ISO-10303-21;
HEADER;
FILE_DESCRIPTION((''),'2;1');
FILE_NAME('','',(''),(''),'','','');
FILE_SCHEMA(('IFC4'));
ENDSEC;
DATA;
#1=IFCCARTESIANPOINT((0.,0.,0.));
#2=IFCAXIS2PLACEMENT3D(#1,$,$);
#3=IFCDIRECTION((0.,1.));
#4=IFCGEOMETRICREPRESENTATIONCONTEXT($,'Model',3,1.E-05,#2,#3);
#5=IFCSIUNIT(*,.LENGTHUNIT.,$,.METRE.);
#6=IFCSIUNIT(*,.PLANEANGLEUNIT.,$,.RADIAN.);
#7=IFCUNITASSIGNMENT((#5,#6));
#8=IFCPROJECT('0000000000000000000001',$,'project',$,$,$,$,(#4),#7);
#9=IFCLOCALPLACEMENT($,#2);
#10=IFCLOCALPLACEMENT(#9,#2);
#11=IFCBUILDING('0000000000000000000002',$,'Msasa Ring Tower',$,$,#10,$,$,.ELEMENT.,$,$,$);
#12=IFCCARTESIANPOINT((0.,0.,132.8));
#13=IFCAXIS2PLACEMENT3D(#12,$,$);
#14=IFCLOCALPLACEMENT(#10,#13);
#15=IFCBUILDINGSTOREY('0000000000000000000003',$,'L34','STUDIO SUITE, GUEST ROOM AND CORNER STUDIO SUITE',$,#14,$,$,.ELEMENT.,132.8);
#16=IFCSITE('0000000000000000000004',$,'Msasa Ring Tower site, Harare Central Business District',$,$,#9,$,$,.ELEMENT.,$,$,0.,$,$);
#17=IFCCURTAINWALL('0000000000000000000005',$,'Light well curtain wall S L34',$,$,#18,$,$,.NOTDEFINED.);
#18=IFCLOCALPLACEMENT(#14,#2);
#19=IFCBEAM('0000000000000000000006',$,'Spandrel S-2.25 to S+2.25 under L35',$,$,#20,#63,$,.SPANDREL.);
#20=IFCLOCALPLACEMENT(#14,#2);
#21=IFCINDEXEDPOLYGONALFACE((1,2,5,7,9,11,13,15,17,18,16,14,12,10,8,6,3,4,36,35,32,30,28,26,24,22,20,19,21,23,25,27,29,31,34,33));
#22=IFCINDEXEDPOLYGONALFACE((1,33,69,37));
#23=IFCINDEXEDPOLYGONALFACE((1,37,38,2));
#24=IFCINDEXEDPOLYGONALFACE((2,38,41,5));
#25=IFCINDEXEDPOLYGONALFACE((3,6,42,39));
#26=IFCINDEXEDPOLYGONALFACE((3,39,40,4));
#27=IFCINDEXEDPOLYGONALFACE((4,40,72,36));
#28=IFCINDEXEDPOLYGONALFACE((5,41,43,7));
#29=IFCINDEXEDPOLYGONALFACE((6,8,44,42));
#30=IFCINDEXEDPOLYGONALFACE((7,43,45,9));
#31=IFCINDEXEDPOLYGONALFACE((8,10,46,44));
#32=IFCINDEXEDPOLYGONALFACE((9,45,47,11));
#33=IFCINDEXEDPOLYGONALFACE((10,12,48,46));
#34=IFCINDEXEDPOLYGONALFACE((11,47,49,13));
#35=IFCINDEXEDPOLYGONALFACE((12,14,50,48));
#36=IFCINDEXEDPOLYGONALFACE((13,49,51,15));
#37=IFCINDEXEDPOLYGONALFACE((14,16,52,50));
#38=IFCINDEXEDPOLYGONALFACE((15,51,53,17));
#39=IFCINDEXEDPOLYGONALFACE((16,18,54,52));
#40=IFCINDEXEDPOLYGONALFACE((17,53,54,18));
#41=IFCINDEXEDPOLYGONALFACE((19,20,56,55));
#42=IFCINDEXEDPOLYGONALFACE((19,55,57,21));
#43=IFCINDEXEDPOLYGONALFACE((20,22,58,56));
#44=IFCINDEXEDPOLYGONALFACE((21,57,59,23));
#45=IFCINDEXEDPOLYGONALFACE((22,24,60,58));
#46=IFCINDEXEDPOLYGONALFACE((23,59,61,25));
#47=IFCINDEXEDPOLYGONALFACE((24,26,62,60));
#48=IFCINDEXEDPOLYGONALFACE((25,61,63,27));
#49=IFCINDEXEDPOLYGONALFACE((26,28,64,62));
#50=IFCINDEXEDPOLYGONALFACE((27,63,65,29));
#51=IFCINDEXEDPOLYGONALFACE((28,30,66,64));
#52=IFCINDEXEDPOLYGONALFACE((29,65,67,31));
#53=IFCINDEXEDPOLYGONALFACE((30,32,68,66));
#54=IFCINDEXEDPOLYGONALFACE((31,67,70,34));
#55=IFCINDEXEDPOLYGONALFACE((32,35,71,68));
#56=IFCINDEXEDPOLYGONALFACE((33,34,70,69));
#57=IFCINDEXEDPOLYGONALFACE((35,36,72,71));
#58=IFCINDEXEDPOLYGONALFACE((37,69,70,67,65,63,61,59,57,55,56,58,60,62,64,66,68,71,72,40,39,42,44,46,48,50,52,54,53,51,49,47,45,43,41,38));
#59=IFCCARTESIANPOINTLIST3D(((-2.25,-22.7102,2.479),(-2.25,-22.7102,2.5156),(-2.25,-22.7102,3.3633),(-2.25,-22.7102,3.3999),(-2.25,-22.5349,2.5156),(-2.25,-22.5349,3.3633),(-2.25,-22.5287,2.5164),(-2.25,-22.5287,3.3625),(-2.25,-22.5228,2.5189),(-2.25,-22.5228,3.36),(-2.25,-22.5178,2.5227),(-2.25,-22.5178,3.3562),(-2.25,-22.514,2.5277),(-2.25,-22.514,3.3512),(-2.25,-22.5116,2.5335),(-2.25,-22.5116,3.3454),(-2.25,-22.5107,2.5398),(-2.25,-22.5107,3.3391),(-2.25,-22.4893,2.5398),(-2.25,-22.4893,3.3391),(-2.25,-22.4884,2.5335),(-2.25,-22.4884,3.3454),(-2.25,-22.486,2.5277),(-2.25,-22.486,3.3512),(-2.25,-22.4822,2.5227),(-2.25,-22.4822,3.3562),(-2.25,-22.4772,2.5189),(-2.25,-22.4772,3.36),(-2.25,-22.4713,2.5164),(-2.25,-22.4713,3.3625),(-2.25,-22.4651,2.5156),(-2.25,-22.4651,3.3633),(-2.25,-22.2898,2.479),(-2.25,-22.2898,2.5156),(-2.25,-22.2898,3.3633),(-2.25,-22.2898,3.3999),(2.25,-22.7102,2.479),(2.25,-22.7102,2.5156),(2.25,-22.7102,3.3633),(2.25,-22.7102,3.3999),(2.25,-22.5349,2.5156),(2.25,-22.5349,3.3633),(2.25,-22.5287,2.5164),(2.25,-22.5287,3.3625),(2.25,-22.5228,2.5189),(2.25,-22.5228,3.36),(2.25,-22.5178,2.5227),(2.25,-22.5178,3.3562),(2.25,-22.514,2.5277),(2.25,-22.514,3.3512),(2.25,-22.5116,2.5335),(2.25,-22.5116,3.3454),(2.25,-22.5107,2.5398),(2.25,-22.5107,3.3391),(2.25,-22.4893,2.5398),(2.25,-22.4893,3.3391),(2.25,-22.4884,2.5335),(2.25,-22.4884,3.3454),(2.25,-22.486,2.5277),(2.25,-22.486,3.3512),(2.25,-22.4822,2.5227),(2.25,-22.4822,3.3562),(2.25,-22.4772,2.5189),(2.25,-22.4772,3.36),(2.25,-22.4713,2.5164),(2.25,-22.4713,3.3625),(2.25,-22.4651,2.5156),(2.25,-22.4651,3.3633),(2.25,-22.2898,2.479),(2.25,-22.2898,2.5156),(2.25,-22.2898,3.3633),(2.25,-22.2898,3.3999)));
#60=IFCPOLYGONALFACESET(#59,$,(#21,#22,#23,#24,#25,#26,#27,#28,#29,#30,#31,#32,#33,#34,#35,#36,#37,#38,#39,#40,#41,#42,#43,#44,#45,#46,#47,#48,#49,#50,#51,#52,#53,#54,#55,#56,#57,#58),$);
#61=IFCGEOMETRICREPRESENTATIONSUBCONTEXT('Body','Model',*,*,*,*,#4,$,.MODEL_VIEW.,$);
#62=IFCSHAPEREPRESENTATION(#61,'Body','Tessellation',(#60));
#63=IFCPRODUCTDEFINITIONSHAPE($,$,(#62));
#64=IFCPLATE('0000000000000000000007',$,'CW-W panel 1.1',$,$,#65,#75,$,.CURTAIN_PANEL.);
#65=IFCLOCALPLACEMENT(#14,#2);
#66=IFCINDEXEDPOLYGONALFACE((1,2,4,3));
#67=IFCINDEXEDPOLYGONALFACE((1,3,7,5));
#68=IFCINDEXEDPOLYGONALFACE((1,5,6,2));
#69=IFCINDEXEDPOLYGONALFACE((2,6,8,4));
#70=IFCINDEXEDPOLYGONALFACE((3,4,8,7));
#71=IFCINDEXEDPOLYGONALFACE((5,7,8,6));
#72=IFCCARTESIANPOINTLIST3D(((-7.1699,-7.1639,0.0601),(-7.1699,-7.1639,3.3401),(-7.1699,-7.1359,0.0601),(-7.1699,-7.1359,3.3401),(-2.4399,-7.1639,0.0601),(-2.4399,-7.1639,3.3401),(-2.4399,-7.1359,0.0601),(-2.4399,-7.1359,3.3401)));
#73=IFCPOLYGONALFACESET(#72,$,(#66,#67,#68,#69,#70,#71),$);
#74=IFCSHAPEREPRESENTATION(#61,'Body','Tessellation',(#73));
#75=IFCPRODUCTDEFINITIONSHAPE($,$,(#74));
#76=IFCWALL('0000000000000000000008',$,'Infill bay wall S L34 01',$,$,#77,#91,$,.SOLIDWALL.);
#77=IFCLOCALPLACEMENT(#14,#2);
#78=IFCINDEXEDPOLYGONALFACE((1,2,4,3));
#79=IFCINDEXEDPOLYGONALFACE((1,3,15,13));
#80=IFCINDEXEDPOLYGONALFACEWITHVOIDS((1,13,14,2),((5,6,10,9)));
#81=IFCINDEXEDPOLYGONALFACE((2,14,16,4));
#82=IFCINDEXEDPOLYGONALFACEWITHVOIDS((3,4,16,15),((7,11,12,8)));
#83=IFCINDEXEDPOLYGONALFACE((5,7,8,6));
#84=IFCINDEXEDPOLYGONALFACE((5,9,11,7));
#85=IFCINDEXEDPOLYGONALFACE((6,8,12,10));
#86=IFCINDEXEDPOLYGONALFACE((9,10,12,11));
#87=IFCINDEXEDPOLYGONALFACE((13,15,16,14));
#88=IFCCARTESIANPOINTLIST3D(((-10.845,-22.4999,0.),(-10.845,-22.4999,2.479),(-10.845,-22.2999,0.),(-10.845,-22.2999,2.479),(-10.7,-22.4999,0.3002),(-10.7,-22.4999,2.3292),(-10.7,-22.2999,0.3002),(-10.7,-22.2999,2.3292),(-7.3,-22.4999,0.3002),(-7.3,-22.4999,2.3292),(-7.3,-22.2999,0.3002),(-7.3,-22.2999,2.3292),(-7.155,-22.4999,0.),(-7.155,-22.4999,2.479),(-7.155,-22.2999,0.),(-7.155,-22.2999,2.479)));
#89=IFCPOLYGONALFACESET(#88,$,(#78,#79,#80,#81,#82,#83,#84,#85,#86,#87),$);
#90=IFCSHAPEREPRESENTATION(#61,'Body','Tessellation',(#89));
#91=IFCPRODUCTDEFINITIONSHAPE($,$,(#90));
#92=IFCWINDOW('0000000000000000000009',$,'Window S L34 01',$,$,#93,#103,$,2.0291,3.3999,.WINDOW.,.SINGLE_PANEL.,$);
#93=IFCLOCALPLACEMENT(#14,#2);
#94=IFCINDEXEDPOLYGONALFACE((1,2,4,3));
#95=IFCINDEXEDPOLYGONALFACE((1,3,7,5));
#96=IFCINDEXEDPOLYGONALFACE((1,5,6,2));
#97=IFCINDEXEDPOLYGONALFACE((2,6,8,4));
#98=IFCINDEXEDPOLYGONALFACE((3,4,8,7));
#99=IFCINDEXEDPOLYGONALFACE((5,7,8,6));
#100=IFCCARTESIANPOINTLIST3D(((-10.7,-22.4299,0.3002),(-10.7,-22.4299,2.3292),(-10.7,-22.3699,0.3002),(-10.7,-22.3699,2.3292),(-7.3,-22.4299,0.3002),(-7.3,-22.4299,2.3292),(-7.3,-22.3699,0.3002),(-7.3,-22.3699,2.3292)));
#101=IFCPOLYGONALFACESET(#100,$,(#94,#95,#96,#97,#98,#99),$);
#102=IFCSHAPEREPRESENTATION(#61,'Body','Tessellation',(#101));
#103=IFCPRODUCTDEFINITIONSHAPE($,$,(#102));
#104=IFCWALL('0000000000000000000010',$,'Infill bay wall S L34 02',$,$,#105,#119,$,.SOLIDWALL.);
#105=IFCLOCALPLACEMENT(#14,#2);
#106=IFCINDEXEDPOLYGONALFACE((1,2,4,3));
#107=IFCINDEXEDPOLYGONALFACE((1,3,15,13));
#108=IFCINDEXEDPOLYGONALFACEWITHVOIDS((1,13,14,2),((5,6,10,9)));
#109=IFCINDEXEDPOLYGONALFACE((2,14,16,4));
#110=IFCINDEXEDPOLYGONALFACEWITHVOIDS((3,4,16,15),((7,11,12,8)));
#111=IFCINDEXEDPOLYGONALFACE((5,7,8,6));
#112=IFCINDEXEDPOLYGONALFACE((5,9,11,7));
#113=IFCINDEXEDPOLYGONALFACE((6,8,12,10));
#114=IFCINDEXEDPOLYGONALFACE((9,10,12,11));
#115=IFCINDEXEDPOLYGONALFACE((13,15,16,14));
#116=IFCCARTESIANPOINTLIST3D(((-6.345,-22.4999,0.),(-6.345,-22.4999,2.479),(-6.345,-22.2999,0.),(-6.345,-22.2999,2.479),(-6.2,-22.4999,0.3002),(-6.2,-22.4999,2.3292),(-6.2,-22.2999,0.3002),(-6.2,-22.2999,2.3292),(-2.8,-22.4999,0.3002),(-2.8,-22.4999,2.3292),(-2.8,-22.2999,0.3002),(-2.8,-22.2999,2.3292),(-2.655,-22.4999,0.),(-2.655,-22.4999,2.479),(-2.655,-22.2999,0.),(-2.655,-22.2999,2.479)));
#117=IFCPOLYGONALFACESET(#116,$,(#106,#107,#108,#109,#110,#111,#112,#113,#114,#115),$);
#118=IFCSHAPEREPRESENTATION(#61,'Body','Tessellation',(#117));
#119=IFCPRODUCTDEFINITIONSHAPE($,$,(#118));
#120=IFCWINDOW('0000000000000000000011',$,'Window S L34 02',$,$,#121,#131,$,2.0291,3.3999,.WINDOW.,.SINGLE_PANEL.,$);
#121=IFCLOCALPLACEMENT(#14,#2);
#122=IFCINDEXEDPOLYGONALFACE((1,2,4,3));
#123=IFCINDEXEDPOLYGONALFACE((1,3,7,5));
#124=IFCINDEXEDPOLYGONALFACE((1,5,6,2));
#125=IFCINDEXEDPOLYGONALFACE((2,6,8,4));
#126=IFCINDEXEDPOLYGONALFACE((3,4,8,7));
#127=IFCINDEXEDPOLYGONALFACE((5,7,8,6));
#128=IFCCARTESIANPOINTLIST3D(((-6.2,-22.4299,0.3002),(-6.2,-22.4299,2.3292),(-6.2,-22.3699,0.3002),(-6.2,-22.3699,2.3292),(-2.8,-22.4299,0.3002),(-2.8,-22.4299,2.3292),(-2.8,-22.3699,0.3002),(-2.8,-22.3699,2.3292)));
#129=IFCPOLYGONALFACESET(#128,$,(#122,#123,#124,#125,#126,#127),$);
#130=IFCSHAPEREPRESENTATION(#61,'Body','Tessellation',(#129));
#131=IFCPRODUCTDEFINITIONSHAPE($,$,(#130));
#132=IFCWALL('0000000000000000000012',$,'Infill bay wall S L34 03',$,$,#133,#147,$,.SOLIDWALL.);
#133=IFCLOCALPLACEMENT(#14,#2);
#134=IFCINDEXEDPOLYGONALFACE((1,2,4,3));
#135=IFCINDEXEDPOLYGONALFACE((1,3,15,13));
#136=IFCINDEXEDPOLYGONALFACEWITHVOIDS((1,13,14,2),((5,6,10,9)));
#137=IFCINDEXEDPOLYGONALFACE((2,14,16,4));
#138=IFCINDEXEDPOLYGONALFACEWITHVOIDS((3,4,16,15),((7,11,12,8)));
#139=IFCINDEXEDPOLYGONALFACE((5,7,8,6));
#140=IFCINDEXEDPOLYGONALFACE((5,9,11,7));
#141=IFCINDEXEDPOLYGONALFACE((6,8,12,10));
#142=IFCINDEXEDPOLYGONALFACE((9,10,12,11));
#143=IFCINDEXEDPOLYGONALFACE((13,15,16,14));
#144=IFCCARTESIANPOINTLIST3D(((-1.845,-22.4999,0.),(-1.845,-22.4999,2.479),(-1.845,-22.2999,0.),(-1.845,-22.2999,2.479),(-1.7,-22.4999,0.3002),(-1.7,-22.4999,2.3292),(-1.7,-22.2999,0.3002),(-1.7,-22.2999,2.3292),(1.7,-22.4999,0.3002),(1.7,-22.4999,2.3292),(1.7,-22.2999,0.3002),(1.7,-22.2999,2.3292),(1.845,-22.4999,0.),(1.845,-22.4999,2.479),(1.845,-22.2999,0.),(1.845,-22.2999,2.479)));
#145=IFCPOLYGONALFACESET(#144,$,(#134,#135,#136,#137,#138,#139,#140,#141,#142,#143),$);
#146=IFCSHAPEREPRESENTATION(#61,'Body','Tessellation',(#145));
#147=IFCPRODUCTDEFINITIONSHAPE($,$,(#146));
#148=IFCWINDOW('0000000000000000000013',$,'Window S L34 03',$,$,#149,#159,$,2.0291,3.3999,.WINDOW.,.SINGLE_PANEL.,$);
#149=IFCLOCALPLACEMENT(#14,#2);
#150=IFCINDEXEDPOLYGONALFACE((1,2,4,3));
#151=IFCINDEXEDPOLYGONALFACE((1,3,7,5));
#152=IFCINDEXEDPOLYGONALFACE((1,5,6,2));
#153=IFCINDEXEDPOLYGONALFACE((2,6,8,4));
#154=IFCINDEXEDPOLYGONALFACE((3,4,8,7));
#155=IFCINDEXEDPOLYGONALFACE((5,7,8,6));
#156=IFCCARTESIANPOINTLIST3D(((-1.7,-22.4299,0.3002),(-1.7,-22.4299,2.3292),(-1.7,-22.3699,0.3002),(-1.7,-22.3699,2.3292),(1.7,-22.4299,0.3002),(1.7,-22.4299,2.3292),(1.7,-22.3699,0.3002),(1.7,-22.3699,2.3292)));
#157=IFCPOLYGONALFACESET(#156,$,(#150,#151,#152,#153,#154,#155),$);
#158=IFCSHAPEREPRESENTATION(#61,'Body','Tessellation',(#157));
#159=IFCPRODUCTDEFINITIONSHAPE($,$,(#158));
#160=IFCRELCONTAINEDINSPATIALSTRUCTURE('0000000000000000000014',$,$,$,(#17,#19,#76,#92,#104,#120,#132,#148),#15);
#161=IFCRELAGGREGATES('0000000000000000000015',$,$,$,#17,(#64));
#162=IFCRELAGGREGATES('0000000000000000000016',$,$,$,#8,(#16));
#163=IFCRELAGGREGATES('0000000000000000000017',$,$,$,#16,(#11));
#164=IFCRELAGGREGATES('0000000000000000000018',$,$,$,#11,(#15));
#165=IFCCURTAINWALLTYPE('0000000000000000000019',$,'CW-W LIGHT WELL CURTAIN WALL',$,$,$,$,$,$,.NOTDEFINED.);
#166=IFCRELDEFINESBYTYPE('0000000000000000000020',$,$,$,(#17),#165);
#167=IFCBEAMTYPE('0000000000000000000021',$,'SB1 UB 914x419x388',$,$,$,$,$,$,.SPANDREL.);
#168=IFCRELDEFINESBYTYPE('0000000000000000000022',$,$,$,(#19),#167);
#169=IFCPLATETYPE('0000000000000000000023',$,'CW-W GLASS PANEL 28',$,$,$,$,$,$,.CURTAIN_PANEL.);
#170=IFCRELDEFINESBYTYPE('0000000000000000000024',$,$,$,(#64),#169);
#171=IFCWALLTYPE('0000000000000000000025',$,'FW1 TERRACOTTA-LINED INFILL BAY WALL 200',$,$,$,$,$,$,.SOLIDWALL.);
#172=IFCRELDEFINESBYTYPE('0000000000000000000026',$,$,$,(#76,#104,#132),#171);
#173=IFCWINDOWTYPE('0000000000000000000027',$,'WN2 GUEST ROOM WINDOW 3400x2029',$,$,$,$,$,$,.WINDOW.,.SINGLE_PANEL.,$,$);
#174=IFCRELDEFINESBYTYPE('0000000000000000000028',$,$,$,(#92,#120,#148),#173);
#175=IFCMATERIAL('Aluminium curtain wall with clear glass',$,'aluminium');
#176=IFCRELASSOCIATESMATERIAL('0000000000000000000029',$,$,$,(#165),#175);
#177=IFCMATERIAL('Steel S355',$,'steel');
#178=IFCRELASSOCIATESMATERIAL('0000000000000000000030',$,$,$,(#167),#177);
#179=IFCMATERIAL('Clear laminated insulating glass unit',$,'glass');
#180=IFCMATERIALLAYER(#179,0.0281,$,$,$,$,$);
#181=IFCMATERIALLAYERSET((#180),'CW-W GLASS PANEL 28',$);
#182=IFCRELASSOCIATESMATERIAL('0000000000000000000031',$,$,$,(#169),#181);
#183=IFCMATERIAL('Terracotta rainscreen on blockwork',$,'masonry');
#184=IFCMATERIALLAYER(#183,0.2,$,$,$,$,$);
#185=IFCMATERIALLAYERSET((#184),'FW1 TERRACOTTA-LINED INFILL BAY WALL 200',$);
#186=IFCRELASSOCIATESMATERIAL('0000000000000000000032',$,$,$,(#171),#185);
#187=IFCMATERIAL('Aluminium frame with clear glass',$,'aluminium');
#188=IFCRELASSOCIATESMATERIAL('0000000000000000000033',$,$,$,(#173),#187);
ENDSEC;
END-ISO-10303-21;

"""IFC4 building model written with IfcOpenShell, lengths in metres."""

from ifc_helpers import new_model, si_unit, direction, frame, frame_2d, origin, origin_2d, place, context, subcontext, project, spatial, rectangle, i_section, extrude, material, layer, layer_set, material_profile, profile_set, type_object, element, fill, aggregate, save


model = new_model("IFC4")

# Units and contexts
model_context = context("Model", 3, precision=1e-05, world=origin(), true_north=direction((0.0, 1.0)))
body_context = subcontext(model_context, "Body", "Model", "MODEL_VIEW")
ifc_project = project(units=[si_unit("LENGTHUNIT", "METRE"), si_unit("PLANEANGLEUNIT", "RADIAN")], contexts=[model_context])

# Site, building, storey
site_placement = place(None, origin())
site = spatial("IfcSite", under=ifc_project, at=site_placement, Name="Msasa Ring Tower site, Harare Central Business District", CompositionType="ELEMENT", RefElevation=0.0)
building_placement = place(site_placement, origin())
building = spatial("IfcBuilding", under=site, at=building_placement, Name="Msasa Ring Tower", CompositionType="ELEMENT")
storey_placement = place(building_placement, frame((0.0, 0.0, 132.8)))
storey = spatial("IfcBuildingStorey", under=building, at=storey_placement, Name="L34", Description="STUDIO SUITE, GUEST ROOM AND CORNER STUDIO SUITE", CompositionType="ELEMENT", Elevation=132.8)

# Curtain wall
ifc_material_1 = material(Name="Aluminium curtain wall with clear glass", Category="aluminium")
curtain_wall_type = type_object("IfcCurtainWallType", Name="CW-W LIGHT WELL CURTAIN WALL", PredefinedType="NOTDEFINED", material=ifc_material_1)
curtain_wall_placement = place(storey_placement, origin())
curtain_wall = element("IfcCurtainWall", 1, at=curtain_wall_placement, inside=storey, type_object=curtain_wall_type, Name="Light well curtain wall S L34", PredefinedType="NOTDEFINED")

# Beam
ifc_material_2 = material(Name="Steel S355", Category="steel")
ifc_material_profile_1 = material_profile(ifc_material_2, i_section(OverallWidth=0.4204, OverallDepth=0.9209, WebThickness=0.0215, FlangeThickness=0.0366, FilletRadius=0.0242, at=origin_2d()), Name="UB 914x419x388")
ifc_profile_set_1 = profile_set([ifc_material_profile_1], Name="Steel S355")
beam_type_1 = type_object("IfcBeamType", Name="SB1 UB 914x419x388", PredefinedType="SPANDREL", material=ifc_profile_set_1)
for number, where, z_axis, x_axis, name in (
    (2, (-2.25, -22.5, 2.9395), (1.0, 0.0, 0.0), (0.0, 1.0, 0.0), "Spandrel S-2.25 to S+2.25 under L35"),
):
    element("IfcBeam", number, at=place(storey_placement, frame(where, z_axis=z_axis, x_axis=x_axis)), inside=storey, type_object=beam_type_1, Name=name, PredefinedType="SPANDREL", context=body_context, shape_type="SweptSolid", body=[
        extrude(i_section(OverallWidth=0.4204, OverallDepth=0.9209, WebThickness=0.0215, FlangeThickness=0.0366, FilletRadius=0.0242, at=origin_2d()), origin(), (0.0, 0.0, 1.0), 4.5),
    ])

# Plate
ifc_material_3 = material(Name="Clear laminated insulating glass unit", Category="glass")
ifc_layer_1 = layer(ifc_material_3, 0.0281)
ifc_layer_set_1 = layer_set([ifc_layer_1], Name="CW-W GLASS PANEL 28")
plate_type = type_object("IfcPlateType", Name="CW-W GLASS PANEL 28", PredefinedType="CURTAIN_PANEL", material=ifc_layer_set_1)
plate_placement = place(storey_placement, frame((-4.8049, -7.1499, 0.0601), z_axis=(0.0, 0.0, 1.0), x_axis=(1.0, 0.0, 0.0)))
plate = element("IfcPlate", 3, at=plate_placement, type_object=plate_type, Name="CW-W panel 1.1", PredefinedType="CURTAIN_PANEL", context=body_context, shape_type="SweptSolid", body=[
    extrude(rectangle(XDim=4.73, YDim=0.0281, at=origin_2d()), origin(), (0.0, 0.0, 1.0), 3.28),
])
aggregate(curtain_wall, [plate])

# Walls, openings, windows
ifc_material_4 = material(Name="Terracotta rainscreen on blockwork", Category="masonry")
ifc_layer_2 = layer(ifc_material_4, 0.2)
ifc_layer_set_2 = layer_set([ifc_layer_2], Name="FW1 TERRACOTTA-LINED INFILL BAY WALL 200")
wall_type_1 = type_object("IfcWallType", Name="FW1 TERRACOTTA-LINED INFILL BAY WALL 200", PredefinedType="SOLIDWALL", material=ifc_layer_set_2)
wall_1_placement = place(storey_placement, frame((-10.845, -22.3999, 0.0), z_axis=(0.0, 0.0, 1.0), x_axis=(1.0, 0.0, 0.0)))
wall_1 = element("IfcWall", 4, at=wall_1_placement, inside=storey, type_object=wall_type_1, Name="Infill bay wall S L34 01", PredefinedType="SOLIDWALL", context=body_context, shape_type="SweptSolid", body=[
    extrude(rectangle(XDim=3.6899, YDim=0.2, at=frame_2d((1.845, 0.0))), origin(), (0.0, 0.0, 1.0), 2.479),
])
opening_1_placement = place(wall_1_placement, frame((0.145, 0.0, 0.3)))
opening_1 = element("IfcOpeningElement", 5, at=opening_1_placement, cuts=wall_1, PredefinedType="OPENING", context=body_context, shape_type="SweptSolid", body=[
    extrude(rectangle(XDim=3.3999, YDim=2.0291, at=frame_2d((1.7, 1.0146))), frame((0.0, 0.1099, 0.0), z_axis=(0.0, -1.0, 0.0), x_axis=(1.0, 0.0, 0.0)), (0.0, 0.0, 1.0), 0.22),
])
ifc_material_5 = material(Name="Aluminium frame with clear glass", Category="aluminium")
window_type = type_object("IfcWindowType", Name="WN2 GUEST ROOM WINDOW 3400x2029", PartitioningType="SINGLE_PANEL", PredefinedType="WINDOW", material=ifc_material_5)
window_1_placement = place(opening_1_placement, origin())
window_1 = element("IfcWindow", 6, at=window_1_placement, inside=storey, type_object=window_type, Name="Window S L34 01", OverallHeight=2.0291, OverallWidth=3.3999, PartitioningType="SINGLE_PANEL", PredefinedType="WINDOW", context=body_context, shape_type="SweptSolid", body=[
    extrude(rectangle(XDim=3.3999, YDim=2.0291, at=frame_2d((1.7, 1.0146))), frame((0.0, 0.03, 0.0), z_axis=(0.0, -1.0, 0.0), x_axis=(1.0, 0.0, 0.0)), (0.0, 0.0, 1.0), 0.0601),
])
fill(opening_1, window_1)
wall_2_placement = place(storey_placement, frame((-6.345, -22.3999, 0.0), z_axis=(0.0, 0.0, 1.0), x_axis=(1.0, 0.0, 0.0)))
wall_2 = element("IfcWall", 7, at=wall_2_placement, inside=storey, type_object=wall_type_1, Name="Infill bay wall S L34 02", PredefinedType="SOLIDWALL", context=body_context, shape_type="SweptSolid", body=[
    extrude(rectangle(XDim=3.6899, YDim=0.2, at=frame_2d((1.845, 0.0))), origin(), (0.0, 0.0, 1.0), 2.479),
])
opening_2_placement = place(wall_2_placement, frame((0.145, 0.0, 0.3)))
opening_2 = element("IfcOpeningElement", 8, at=opening_2_placement, cuts=wall_2, PredefinedType="OPENING", context=body_context, shape_type="SweptSolid", body=[
    extrude(rectangle(XDim=3.3999, YDim=2.0291, at=frame_2d((1.7, 1.0146))), frame((0.0, 0.1099, 0.0), z_axis=(0.0, -1.0, 0.0), x_axis=(1.0, 0.0, 0.0)), (0.0, 0.0, 1.0), 0.22),
])
window_2_placement = place(opening_2_placement, origin())
window_2 = element("IfcWindow", 9, at=window_2_placement, inside=storey, type_object=window_type, Name="Window S L34 02", OverallHeight=2.0291, OverallWidth=3.3999, PartitioningType="SINGLE_PANEL", PredefinedType="WINDOW", context=body_context, shape_type="SweptSolid", body=[
    extrude(rectangle(XDim=3.3999, YDim=2.0291, at=frame_2d((1.7, 1.0146))), frame((0.0, 0.03, 0.0), z_axis=(0.0, -1.0, 0.0), x_axis=(1.0, 0.0, 0.0)), (0.0, 0.0, 1.0), 0.0601),
])
fill(opening_2, window_2)
wall_3_placement = place(storey_placement, frame((-1.845, -22.3999, 0.0), z_axis=(0.0, 0.0, 1.0), x_axis=(1.0, 0.0, 0.0)))
wall_3 = element("IfcWall", 10, at=wall_3_placement, inside=storey, type_object=wall_type_1, Name="Infill bay wall S L34 03", PredefinedType="SOLIDWALL", context=body_context, shape_type="SweptSolid", body=[
    extrude(rectangle(XDim=3.6899, YDim=0.2, at=frame_2d((1.845, 0.0))), origin(), (0.0, 0.0, 1.0), 2.479),
])
opening_3_placement = place(wall_3_placement, frame((0.145, 0.0, 0.3)))
opening_3 = element("IfcOpeningElement", 11, at=opening_3_placement, cuts=wall_3, PredefinedType="OPENING", context=body_context, shape_type="SweptSolid", body=[
    extrude(rectangle(XDim=3.3999, YDim=2.0291, at=frame_2d((1.7, 1.0146))), frame((0.0, 0.1099, 0.0), z_axis=(0.0, -1.0, 0.0), x_axis=(1.0, 0.0, 0.0)), (0.0, 0.0, 1.0), 0.22),
])
window_3_placement = place(opening_3_placement, origin())
window_3 = element("IfcWindow", 12, at=window_3_placement, inside=storey, type_object=window_type, Name="Window S L34 03", OverallHeight=2.0291, OverallWidth=3.3999, PartitioningType="SINGLE_PANEL", PredefinedType="WINDOW", context=body_context, shape_type="SweptSolid", body=[
    extrude(rectangle(XDim=3.3999, YDim=2.0291, at=frame_2d((1.7, 1.0146))), frame((0.0, 0.03, 0.0), z_axis=(0.0, -1.0, 0.0), x_axis=(1.0, 0.0, 0.0)), (0.0, 0.0, 1.0), 0.0601),
])
fill(opening_3, window_3)

save(model, "model.ifc")
